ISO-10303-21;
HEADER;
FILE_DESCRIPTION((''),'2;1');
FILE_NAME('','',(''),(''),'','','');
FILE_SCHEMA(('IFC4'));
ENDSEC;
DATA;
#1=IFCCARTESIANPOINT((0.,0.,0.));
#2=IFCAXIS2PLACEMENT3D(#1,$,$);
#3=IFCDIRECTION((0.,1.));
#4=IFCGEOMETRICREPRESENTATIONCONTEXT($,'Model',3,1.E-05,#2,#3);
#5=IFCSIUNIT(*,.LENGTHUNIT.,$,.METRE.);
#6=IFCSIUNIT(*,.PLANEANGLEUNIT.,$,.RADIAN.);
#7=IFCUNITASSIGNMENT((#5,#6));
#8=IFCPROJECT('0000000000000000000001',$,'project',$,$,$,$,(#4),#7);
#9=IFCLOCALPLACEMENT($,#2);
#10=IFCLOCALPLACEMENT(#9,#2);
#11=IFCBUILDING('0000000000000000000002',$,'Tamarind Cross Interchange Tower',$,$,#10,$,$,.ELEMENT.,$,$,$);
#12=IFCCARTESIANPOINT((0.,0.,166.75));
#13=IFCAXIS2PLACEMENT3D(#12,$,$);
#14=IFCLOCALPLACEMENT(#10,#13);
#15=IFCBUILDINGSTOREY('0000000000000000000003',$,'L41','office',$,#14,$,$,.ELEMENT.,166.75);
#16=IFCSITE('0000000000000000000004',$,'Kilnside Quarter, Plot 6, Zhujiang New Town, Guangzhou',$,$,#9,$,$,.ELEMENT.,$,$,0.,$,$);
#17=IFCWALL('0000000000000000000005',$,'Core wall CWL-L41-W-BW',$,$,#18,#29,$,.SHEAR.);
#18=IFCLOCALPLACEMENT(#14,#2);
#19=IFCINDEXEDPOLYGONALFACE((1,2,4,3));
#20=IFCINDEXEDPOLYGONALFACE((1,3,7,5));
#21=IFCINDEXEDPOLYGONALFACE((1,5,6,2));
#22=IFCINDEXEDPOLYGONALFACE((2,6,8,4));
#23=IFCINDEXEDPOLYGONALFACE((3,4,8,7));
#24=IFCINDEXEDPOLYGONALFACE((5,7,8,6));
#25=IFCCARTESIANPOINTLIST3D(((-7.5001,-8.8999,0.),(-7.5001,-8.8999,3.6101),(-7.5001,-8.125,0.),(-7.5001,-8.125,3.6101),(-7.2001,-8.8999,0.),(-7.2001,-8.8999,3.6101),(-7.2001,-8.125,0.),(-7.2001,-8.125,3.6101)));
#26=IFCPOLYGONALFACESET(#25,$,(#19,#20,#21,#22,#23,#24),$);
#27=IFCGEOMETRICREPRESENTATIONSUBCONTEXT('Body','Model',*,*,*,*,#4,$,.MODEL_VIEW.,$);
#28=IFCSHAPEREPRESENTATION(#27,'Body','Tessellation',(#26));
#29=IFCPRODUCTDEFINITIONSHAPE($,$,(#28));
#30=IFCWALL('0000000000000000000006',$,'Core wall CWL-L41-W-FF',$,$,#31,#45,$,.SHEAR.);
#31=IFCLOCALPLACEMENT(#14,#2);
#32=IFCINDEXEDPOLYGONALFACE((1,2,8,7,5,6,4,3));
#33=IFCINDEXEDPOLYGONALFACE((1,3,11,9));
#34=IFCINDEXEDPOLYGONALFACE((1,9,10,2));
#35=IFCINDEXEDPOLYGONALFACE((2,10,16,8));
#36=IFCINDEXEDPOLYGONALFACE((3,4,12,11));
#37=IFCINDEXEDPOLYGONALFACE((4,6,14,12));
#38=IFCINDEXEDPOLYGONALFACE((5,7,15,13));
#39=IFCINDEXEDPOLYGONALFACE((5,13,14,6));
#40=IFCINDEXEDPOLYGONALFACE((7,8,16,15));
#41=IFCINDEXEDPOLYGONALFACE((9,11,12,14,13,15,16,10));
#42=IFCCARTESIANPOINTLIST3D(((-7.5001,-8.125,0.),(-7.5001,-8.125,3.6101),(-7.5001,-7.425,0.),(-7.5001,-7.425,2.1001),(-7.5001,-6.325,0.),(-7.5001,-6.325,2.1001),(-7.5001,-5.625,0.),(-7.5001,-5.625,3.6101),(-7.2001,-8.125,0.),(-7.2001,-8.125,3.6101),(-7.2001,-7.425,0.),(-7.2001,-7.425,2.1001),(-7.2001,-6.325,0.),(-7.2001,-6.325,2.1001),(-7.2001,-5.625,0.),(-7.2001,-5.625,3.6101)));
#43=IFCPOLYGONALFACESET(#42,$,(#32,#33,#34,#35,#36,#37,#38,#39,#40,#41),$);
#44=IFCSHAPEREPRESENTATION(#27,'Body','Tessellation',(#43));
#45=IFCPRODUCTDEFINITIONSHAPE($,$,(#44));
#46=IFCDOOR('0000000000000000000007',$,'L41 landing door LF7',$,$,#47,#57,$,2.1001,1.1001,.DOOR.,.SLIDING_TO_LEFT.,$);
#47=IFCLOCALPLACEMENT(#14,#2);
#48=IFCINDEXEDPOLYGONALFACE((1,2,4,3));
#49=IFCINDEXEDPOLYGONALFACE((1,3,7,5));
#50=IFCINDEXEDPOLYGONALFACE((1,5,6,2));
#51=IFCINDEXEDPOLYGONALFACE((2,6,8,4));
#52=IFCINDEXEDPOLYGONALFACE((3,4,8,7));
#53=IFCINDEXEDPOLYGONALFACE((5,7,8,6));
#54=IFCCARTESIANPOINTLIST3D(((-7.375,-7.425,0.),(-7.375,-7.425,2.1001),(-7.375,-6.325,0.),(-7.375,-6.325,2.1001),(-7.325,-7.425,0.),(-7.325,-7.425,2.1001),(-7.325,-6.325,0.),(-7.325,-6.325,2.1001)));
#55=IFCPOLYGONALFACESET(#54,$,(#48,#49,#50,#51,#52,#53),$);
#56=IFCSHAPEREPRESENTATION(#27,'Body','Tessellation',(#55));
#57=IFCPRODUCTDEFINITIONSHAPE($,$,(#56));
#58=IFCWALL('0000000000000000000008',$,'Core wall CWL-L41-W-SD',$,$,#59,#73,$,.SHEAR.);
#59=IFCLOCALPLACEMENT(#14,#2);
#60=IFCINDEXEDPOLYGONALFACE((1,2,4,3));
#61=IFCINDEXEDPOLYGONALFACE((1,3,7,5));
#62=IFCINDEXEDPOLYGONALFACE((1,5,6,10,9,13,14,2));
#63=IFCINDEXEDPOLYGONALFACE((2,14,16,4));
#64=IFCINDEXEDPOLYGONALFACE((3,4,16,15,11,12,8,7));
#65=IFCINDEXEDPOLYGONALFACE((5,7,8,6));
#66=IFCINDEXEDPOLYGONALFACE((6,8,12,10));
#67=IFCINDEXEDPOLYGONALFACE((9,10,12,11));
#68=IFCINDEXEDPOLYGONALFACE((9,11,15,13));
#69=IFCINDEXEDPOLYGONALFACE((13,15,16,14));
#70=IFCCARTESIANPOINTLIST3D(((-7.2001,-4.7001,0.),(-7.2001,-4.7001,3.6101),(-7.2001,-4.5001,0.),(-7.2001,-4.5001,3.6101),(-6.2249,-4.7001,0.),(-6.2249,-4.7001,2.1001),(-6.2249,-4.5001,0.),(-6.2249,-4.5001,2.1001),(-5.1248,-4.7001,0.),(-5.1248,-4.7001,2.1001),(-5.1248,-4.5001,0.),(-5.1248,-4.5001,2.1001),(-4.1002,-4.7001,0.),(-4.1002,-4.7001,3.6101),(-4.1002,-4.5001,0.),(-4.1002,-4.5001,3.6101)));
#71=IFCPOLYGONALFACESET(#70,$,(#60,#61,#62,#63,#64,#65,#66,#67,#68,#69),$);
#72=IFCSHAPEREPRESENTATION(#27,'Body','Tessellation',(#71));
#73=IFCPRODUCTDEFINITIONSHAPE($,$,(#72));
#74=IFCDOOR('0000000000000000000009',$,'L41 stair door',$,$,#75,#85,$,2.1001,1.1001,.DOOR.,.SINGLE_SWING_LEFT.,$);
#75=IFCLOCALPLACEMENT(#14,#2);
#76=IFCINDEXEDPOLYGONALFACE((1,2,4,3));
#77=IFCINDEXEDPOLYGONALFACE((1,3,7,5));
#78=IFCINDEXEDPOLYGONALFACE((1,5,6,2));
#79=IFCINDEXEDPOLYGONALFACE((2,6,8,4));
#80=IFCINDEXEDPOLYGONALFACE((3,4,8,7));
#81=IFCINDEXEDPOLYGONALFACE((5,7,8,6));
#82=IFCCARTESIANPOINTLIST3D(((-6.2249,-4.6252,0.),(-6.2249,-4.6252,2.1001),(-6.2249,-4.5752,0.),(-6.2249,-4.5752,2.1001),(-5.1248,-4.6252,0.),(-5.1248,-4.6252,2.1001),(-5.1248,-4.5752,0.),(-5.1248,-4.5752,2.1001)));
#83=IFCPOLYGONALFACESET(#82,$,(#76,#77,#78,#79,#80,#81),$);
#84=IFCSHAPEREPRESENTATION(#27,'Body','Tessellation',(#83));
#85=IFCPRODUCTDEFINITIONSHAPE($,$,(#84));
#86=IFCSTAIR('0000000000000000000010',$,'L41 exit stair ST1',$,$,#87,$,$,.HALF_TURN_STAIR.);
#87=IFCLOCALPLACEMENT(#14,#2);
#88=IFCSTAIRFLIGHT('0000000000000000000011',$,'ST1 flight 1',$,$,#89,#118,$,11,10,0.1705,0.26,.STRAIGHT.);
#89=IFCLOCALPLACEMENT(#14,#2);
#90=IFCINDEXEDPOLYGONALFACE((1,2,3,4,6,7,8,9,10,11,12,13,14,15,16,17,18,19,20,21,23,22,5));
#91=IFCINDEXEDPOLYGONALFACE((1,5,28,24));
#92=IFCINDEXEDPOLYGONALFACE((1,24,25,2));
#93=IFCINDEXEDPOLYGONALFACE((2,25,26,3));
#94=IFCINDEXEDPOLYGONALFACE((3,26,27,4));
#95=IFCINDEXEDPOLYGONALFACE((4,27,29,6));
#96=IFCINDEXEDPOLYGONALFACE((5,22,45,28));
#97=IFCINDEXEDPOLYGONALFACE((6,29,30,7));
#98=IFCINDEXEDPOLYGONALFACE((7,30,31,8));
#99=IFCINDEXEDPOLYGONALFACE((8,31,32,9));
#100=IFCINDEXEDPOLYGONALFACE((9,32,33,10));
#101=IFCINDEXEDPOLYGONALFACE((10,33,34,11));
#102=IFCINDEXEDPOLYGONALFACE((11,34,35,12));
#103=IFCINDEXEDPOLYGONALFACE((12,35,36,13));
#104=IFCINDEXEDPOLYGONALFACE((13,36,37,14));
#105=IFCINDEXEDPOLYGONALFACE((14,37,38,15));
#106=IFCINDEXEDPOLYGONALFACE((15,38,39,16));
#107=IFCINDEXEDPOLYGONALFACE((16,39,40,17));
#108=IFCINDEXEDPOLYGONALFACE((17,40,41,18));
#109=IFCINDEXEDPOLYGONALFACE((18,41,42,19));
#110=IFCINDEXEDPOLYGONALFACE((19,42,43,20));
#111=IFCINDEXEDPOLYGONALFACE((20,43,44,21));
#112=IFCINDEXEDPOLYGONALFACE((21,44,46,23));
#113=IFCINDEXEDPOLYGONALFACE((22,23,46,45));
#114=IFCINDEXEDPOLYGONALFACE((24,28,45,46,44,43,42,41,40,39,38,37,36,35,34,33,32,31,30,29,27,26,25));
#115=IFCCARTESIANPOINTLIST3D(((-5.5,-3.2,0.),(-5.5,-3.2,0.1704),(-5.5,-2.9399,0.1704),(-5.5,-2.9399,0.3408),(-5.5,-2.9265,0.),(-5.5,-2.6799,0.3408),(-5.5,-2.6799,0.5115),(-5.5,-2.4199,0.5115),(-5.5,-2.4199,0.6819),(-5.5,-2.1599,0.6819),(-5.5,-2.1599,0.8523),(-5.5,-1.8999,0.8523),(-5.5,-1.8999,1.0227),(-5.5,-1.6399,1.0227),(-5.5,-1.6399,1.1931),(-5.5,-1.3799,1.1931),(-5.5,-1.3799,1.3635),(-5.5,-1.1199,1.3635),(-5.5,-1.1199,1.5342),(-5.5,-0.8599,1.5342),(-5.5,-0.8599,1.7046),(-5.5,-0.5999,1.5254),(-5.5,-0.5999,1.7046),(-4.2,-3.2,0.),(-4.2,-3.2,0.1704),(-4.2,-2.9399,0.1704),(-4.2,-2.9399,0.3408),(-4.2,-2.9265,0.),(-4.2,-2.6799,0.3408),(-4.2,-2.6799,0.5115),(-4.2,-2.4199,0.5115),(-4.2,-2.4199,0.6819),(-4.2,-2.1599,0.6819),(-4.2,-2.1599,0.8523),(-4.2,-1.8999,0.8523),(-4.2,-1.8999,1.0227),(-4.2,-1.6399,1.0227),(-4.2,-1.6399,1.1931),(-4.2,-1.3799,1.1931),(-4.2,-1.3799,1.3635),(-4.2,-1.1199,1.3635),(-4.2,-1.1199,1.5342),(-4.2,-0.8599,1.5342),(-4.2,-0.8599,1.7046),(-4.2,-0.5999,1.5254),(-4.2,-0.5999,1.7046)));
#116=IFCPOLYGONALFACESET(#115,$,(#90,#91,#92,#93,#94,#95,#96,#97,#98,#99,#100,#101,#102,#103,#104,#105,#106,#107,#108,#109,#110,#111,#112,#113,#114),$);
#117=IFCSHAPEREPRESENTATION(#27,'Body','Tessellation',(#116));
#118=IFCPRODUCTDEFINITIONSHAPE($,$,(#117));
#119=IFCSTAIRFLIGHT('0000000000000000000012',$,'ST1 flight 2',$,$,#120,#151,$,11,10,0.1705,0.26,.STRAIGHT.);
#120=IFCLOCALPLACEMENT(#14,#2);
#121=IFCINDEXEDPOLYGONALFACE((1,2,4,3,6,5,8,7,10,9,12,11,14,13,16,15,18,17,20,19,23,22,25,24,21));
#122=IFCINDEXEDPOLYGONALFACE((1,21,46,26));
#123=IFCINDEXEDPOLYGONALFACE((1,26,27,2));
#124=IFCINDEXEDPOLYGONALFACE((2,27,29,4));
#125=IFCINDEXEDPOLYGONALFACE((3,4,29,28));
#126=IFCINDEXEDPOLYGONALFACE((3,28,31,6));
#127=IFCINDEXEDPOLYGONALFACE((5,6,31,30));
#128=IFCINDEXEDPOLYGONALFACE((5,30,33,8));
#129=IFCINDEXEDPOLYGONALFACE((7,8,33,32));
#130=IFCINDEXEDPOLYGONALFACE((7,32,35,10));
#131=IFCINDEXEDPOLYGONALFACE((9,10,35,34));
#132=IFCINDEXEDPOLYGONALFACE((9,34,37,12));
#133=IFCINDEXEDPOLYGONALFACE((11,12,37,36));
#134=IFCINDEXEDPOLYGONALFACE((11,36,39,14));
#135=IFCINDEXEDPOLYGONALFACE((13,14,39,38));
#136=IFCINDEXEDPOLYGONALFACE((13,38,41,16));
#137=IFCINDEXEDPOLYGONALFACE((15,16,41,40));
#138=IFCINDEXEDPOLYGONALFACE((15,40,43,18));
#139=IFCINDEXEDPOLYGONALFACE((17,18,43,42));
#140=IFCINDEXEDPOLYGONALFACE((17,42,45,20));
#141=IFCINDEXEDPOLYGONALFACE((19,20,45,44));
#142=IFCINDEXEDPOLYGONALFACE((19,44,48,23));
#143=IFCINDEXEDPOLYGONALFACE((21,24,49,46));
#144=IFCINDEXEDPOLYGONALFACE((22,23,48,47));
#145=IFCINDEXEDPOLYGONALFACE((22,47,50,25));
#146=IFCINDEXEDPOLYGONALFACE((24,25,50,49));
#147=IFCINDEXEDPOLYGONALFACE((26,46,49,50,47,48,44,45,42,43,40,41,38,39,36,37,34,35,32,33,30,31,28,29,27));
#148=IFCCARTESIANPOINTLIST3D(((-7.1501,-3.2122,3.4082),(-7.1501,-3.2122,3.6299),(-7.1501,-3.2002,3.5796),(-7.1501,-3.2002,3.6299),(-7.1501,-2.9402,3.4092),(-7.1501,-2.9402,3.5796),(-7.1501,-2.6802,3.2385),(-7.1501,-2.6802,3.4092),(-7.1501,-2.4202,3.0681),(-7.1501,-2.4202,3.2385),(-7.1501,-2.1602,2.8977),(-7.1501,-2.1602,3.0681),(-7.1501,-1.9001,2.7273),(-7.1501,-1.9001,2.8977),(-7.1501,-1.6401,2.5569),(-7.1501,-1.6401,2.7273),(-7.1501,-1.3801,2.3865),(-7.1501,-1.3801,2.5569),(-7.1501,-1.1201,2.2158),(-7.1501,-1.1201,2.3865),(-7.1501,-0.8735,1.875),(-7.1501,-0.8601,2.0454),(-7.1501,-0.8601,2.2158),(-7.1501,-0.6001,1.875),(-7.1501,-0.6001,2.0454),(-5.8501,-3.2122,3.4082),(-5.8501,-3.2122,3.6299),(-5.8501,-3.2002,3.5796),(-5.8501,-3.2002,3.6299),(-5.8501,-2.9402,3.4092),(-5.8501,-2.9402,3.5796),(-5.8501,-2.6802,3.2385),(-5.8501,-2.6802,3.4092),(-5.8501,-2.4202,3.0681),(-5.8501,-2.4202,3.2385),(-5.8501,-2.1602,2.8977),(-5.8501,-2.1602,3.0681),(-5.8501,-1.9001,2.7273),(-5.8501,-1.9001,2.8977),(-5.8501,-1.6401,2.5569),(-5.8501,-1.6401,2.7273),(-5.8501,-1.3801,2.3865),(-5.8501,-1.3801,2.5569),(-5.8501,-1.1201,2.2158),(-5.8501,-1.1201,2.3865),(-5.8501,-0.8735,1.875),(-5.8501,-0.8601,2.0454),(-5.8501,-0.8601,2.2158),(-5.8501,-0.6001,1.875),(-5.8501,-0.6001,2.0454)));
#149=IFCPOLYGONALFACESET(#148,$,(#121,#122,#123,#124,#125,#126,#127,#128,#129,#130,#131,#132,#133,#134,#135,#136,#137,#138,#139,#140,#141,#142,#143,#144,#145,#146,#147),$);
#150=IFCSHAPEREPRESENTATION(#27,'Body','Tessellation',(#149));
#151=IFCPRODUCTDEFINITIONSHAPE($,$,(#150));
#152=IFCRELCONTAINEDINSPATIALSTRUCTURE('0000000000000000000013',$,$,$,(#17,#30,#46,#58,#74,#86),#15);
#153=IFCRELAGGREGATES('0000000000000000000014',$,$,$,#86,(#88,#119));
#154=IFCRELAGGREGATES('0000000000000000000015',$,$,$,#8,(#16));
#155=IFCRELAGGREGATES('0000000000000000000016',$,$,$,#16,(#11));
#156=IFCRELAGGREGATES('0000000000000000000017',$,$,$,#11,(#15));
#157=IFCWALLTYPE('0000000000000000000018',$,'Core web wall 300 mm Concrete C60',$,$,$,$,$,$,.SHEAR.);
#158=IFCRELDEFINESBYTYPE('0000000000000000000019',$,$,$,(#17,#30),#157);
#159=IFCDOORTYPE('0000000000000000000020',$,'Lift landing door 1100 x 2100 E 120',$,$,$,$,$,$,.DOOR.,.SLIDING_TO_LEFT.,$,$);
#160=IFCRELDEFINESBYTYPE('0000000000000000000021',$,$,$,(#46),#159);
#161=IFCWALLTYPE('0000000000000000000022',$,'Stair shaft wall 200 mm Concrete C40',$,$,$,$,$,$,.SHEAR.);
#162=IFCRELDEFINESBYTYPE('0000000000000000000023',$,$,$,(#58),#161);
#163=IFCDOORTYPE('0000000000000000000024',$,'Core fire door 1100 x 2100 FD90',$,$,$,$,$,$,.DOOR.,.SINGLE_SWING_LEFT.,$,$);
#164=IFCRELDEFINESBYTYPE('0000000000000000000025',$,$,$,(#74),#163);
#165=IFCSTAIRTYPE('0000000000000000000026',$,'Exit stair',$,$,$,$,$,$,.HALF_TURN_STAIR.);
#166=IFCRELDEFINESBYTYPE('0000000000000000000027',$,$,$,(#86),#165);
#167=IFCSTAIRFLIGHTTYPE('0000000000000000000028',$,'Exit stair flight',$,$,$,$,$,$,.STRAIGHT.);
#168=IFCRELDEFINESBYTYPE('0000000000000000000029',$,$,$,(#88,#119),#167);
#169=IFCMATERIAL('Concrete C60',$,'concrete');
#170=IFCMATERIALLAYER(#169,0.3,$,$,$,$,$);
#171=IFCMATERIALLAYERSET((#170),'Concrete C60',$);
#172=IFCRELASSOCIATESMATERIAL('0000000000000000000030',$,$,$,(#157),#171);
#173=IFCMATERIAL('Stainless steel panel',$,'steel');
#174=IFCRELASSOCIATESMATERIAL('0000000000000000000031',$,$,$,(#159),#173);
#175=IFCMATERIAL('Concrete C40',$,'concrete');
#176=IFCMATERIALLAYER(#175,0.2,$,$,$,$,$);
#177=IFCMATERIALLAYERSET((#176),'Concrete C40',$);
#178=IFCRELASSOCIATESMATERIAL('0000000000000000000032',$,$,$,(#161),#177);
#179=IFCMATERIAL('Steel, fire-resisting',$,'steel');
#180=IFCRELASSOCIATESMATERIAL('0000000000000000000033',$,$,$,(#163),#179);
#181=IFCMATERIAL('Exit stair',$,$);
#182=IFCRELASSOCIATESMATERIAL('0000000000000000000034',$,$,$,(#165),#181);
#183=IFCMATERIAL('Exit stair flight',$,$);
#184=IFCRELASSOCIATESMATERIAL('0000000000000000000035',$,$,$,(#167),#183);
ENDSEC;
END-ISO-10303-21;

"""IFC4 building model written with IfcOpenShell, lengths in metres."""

from ifc_helpers import new_model, si_unit, direction, frame, frame_2d, origin, place, context, subcontext, project, spatial, polyline, rectangle, outline, extrude, material, layer, layer_set, type_object, element, fill, aggregate, save


model = new_model("IFC4")

# Units and contexts
model_context = context("Model", 3, precision=1e-05, world=origin(), true_north=direction((0.0, 1.0)))
body_context = subcontext(model_context, "Body", "Model", "MODEL_VIEW")
ifc_project = project(units=[si_unit("LENGTHUNIT", "METRE"), si_unit("PLANEANGLEUNIT", "RADIAN")], contexts=[model_context])

# Site, building, storey
site_placement = place(None, origin())
site = spatial("IfcSite", under=ifc_project, at=site_placement, Name="Kilnside Quarter, Plot 6, Zhujiang New Town, Guangzhou", CompositionType="ELEMENT", RefElevation=0.0)
building_placement = place(site_placement, origin())
building = spatial("IfcBuilding", under=site, at=building_placement, Name="Tamarind Cross Interchange Tower", CompositionType="ELEMENT")
storey_placement = place(building_placement, frame((0.0, 0.0, 166.75)))
storey = spatial("IfcBuildingStorey", under=building, at=storey_placement, Name="L41", Description="office", CompositionType="ELEMENT", Elevation=166.75)

# Shared definitions
ifc_material_1 = material(Name="Concrete C60", Category="concrete")
ifc_material_2 = material(Name="Steel, fire-resisting", Category="steel")

# Wall
ifc_layer_1 = layer(ifc_material_1, 0.3)
ifc_layer_set_1 = layer_set([ifc_layer_1], Name="Concrete C60")
wall_type_1 = type_object("IfcWallType", Name="Core web wall 300 mm Concrete C60", PredefinedType="SHEAR", material=ifc_layer_set_1)
wall_1_placement = place(storey_placement, frame((-7.3501, -8.8999, 0.0), z_axis=(0.0, 0.0, 1.0), x_axis=(0.0, 1.0, 0.0)))
element("IfcWall", 1, at=wall_1_placement, inside=storey, type_object=wall_type_1, Name="Core wall CWL-L41-W-BW", PredefinedType="SHEAR", context=body_context, shape_type="SweptSolid", body=[
    extrude(rectangle(XDim=0.7749, YDim=0.3, at=frame_2d((0.3875, 0.0))), origin(), (0.0, 0.0, 1.0), 3.6101),
])

# Walls, openings, doors
wall_2_placement = place(storey_placement, frame((-7.3501, -8.125, 0.0), z_axis=(0.0, 0.0, 1.0), x_axis=(0.0, 1.0, 0.0)))
wall_2 = element("IfcWall", 2, at=wall_2_placement, inside=storey, type_object=wall_type_1, Name="Core wall CWL-L41-W-FF", PredefinedType="SHEAR", context=body_context, shape_type="SweptSolid", body=[
    extrude(rectangle(XDim=2.5, YDim=0.3, at=frame_2d((1.25, 0.0))), origin(), (0.0, 0.0, 1.0), 3.6101),
])
opening_1_placement = place(wall_2_placement, frame((0.7, 0.0, 0.0)))
opening_1 = element("IfcOpeningElement", 3, at=opening_1_placement, cuts=wall_2, PredefinedType="OPENING", context=body_context, shape_type="SweptSolid", body=[
    extrude(rectangle(XDim=1.1001, YDim=2.1001, at=frame_2d((0.55, 1.05))), frame((0.0, 0.1599, 0.0), z_axis=(0.0, -1.0, 0.0), x_axis=(1.0, 0.0, 0.0)), (0.0, 0.0, 1.0), 0.3201),
])
ifc_material_3 = material(Name="Stainless steel panel", Category="steel")
door_type_1 = type_object("IfcDoorType", Name="Lift landing door 1100 x 2100 E 120", OperationType="SLIDING_TO_LEFT", PredefinedType="DOOR", material=ifc_material_3)
door_1_placement = place(opening_1_placement, origin())
door_1 = element("IfcDoor", 4, at=door_1_placement, inside=storey, type_object=door_type_1, Name="L41 landing door LF7", OperationType="SLIDING_TO_LEFT", OverallHeight=2.1001, OverallWidth=1.1001, PredefinedType="DOOR", context=body_context, shape_type="SweptSolid", body=[
    extrude(rectangle(XDim=1.1001, YDim=2.1001, at=frame_2d((0.55, 1.05))), frame((0.0, 0.0249, 0.0), z_axis=(0.0, -1.0, 0.0), x_axis=(1.0, 0.0, 0.0)), (0.0, 0.0, 1.0), 0.05),
])
fill(opening_1, door_1)
ifc_material_4 = material(Name="Concrete C40", Category="concrete")
ifc_layer_2 = layer(ifc_material_4, 0.2)
ifc_layer_set_2 = layer_set([ifc_layer_2], Name="Concrete C40")
wall_type_2 = type_object("IfcWallType", Name="Stair shaft wall 200 mm Concrete C40", PredefinedType="SHEAR", material=ifc_layer_set_2)
wall_3_placement = place(storey_placement, frame((-7.2, -4.6001, 0.0), z_axis=(0.0, 0.0, 1.0), x_axis=(1.0, 0.0, 0.0)))
wall_3 = element("IfcWall", 5, at=wall_3_placement, inside=storey, type_object=wall_type_2, Name="Core wall CWL-L41-W-SD", PredefinedType="SHEAR", context=body_context, shape_type="SweptSolid", body=[
    extrude(rectangle(XDim=3.0999, YDim=0.2, at=frame_2d((1.5498, 0.0))), origin(), (0.0, 0.0, 1.0), 3.6101),
])
opening_2_placement = place(wall_3_placement, frame((0.9751, 0.0, 0.0)))
opening_2 = element("IfcOpeningElement", 6, at=opening_2_placement, cuts=wall_3, PredefinedType="OPENING", context=body_context, shape_type="SweptSolid", body=[
    extrude(rectangle(XDim=1.1001, YDim=2.1001, at=frame_2d((0.55, 1.05))), frame((0.0, 0.1099, 0.0), z_axis=(0.0, -1.0, 0.0), x_axis=(1.0, 0.0, 0.0)), (0.0, 0.0, 1.0), 0.22),
])
door_type_2 = type_object("IfcDoorType", Name="Core fire door 1100 x 2100 FD90", OperationType="SINGLE_SWING_LEFT", PredefinedType="DOOR", material=ifc_material_2)
door_2_placement = place(opening_2_placement, origin())
door_2 = element("IfcDoor", 7, at=door_2_placement, inside=storey, type_object=door_type_2, Name="L41 stair door", OperationType="SINGLE_SWING_LEFT", OverallHeight=2.1001, OverallWidth=1.1001, PredefinedType="DOOR", context=body_context, shape_type="SweptSolid", body=[
    extrude(rectangle(XDim=1.1001, YDim=2.1001, at=frame_2d((0.55, 1.05))), frame((0.0, 0.0249, 0.0), z_axis=(0.0, -1.0, 0.0), x_axis=(1.0, 0.0, 0.0)), (0.0, 0.0, 1.0), 0.05),
])
fill(opening_2, door_2)

# Stair, stair flights
ifc_material_5 = material(Name="Exit stair")
stair_type = type_object("IfcStairType", Name="Exit stair", PredefinedType="HALF_TURN_STAIR", material=ifc_material_5)
stair_placement = place(storey_placement, origin())
stair = element("IfcStair", 8, at=stair_placement, inside=storey, type_object=stair_type, Name="L41 exit stair ST1", PredefinedType="HALF_TURN_STAIR")
ifc_material_6 = material(Name="Exit stair flight")
stair_flight_type = type_object("IfcStairFlightType", Name="Exit stair flight", PredefinedType="STRAIGHT", material=ifc_material_6)
stair_flight_1_placement = place(storey_placement, frame((-4.8501, -3.2, 0.0), z_axis=(0.0, 0.0, 1.0), x_axis=(0.0, 1.0, 0.0)))
stair_flight_1 = element("IfcStairFlight", 9, at=stair_flight_1_placement, type_object=stair_flight_type, Name="ST1 flight 1", NumberOfRisers=11, NumberOfTreads=10, PredefinedType="STRAIGHT", RiserHeight=0.1705, TreadLength=0.26, context=body_context, shape_type="SweptSolid", body=[
    extrude(outline(polyline([(0.0, 0.0), (0.0, 0.1704), (0.26, 0.1704), (0.26, 0.3408), (0.52, 0.3408), (0.52, 0.5115), (0.78, 0.5115), (0.78, 0.6819), (1.04, 0.6819), (1.04, 0.8523), (1.3, 0.8523), (1.3, 1.0227), (1.5601, 1.0227), (1.5601, 1.1931), (1.8201, 1.1931), (1.8201, 1.3635), (2.0801, 1.3635), (2.0801, 1.5342), (2.3401, 1.5342), (2.3401, 1.7046), (2.6001, 1.7046), (2.6001, 1.875), (2.6001, 1.5254), (0.2734, 0.0), (0.0, 0.0)])), frame((0.0, 0.6499, 0.0), z_axis=(0.0, -1.0, 0.0), x_axis=(1.0, 0.0, 0.0)), (0.0, 0.0, 1.0), 1.3),
])
stair_flight_2_placement = place(storey_placement, frame((-6.5, -0.6001, 1.875), z_axis=(0.0, 0.0, 1.0), x_axis=(0.0, -1.0, 0.0)))
stair_flight_2 = element("IfcStairFlight", 10, at=stair_flight_2_placement, type_object=stair_flight_type, Name="ST1 flight 2", NumberOfRisers=11, NumberOfTreads=10, PredefinedType="STRAIGHT", RiserHeight=0.1705, TreadLength=0.26, context=body_context, shape_type="SweptSolid", body=[
    extrude(outline(polyline([(0.0, 0.0), (0.0, 0.1704), (0.26, 0.1704), (0.26, 0.3408), (0.52, 0.3408), (0.52, 0.5115), (0.78, 0.5115), (0.78, 0.6819), (1.04, 0.6819), (1.04, 0.8523), (1.3, 0.8523), (1.3, 1.0227), (1.5601, 1.0227), (1.5601, 1.1931), (1.8201, 1.1931), (1.8201, 1.3635), (2.0801, 1.3635), (2.0801, 1.5342), (2.3401, 1.5342), (2.3401, 1.7046), (2.6001, 1.7046), (2.6001, 1.7549), (2.6121, 1.7549), (2.6121, 1.5332), (0.2734, 0.0), (0.0, 0.0)])), frame((0.0, 0.6499, 0.0), z_axis=(0.0, -1.0, 0.0), x_axis=(1.0, 0.0, 0.0)), (0.0, 0.0, 1.0), 1.3),
])
aggregate(stair, [stair_flight_1, stair_flight_2])

save(model, "model.ifc")
